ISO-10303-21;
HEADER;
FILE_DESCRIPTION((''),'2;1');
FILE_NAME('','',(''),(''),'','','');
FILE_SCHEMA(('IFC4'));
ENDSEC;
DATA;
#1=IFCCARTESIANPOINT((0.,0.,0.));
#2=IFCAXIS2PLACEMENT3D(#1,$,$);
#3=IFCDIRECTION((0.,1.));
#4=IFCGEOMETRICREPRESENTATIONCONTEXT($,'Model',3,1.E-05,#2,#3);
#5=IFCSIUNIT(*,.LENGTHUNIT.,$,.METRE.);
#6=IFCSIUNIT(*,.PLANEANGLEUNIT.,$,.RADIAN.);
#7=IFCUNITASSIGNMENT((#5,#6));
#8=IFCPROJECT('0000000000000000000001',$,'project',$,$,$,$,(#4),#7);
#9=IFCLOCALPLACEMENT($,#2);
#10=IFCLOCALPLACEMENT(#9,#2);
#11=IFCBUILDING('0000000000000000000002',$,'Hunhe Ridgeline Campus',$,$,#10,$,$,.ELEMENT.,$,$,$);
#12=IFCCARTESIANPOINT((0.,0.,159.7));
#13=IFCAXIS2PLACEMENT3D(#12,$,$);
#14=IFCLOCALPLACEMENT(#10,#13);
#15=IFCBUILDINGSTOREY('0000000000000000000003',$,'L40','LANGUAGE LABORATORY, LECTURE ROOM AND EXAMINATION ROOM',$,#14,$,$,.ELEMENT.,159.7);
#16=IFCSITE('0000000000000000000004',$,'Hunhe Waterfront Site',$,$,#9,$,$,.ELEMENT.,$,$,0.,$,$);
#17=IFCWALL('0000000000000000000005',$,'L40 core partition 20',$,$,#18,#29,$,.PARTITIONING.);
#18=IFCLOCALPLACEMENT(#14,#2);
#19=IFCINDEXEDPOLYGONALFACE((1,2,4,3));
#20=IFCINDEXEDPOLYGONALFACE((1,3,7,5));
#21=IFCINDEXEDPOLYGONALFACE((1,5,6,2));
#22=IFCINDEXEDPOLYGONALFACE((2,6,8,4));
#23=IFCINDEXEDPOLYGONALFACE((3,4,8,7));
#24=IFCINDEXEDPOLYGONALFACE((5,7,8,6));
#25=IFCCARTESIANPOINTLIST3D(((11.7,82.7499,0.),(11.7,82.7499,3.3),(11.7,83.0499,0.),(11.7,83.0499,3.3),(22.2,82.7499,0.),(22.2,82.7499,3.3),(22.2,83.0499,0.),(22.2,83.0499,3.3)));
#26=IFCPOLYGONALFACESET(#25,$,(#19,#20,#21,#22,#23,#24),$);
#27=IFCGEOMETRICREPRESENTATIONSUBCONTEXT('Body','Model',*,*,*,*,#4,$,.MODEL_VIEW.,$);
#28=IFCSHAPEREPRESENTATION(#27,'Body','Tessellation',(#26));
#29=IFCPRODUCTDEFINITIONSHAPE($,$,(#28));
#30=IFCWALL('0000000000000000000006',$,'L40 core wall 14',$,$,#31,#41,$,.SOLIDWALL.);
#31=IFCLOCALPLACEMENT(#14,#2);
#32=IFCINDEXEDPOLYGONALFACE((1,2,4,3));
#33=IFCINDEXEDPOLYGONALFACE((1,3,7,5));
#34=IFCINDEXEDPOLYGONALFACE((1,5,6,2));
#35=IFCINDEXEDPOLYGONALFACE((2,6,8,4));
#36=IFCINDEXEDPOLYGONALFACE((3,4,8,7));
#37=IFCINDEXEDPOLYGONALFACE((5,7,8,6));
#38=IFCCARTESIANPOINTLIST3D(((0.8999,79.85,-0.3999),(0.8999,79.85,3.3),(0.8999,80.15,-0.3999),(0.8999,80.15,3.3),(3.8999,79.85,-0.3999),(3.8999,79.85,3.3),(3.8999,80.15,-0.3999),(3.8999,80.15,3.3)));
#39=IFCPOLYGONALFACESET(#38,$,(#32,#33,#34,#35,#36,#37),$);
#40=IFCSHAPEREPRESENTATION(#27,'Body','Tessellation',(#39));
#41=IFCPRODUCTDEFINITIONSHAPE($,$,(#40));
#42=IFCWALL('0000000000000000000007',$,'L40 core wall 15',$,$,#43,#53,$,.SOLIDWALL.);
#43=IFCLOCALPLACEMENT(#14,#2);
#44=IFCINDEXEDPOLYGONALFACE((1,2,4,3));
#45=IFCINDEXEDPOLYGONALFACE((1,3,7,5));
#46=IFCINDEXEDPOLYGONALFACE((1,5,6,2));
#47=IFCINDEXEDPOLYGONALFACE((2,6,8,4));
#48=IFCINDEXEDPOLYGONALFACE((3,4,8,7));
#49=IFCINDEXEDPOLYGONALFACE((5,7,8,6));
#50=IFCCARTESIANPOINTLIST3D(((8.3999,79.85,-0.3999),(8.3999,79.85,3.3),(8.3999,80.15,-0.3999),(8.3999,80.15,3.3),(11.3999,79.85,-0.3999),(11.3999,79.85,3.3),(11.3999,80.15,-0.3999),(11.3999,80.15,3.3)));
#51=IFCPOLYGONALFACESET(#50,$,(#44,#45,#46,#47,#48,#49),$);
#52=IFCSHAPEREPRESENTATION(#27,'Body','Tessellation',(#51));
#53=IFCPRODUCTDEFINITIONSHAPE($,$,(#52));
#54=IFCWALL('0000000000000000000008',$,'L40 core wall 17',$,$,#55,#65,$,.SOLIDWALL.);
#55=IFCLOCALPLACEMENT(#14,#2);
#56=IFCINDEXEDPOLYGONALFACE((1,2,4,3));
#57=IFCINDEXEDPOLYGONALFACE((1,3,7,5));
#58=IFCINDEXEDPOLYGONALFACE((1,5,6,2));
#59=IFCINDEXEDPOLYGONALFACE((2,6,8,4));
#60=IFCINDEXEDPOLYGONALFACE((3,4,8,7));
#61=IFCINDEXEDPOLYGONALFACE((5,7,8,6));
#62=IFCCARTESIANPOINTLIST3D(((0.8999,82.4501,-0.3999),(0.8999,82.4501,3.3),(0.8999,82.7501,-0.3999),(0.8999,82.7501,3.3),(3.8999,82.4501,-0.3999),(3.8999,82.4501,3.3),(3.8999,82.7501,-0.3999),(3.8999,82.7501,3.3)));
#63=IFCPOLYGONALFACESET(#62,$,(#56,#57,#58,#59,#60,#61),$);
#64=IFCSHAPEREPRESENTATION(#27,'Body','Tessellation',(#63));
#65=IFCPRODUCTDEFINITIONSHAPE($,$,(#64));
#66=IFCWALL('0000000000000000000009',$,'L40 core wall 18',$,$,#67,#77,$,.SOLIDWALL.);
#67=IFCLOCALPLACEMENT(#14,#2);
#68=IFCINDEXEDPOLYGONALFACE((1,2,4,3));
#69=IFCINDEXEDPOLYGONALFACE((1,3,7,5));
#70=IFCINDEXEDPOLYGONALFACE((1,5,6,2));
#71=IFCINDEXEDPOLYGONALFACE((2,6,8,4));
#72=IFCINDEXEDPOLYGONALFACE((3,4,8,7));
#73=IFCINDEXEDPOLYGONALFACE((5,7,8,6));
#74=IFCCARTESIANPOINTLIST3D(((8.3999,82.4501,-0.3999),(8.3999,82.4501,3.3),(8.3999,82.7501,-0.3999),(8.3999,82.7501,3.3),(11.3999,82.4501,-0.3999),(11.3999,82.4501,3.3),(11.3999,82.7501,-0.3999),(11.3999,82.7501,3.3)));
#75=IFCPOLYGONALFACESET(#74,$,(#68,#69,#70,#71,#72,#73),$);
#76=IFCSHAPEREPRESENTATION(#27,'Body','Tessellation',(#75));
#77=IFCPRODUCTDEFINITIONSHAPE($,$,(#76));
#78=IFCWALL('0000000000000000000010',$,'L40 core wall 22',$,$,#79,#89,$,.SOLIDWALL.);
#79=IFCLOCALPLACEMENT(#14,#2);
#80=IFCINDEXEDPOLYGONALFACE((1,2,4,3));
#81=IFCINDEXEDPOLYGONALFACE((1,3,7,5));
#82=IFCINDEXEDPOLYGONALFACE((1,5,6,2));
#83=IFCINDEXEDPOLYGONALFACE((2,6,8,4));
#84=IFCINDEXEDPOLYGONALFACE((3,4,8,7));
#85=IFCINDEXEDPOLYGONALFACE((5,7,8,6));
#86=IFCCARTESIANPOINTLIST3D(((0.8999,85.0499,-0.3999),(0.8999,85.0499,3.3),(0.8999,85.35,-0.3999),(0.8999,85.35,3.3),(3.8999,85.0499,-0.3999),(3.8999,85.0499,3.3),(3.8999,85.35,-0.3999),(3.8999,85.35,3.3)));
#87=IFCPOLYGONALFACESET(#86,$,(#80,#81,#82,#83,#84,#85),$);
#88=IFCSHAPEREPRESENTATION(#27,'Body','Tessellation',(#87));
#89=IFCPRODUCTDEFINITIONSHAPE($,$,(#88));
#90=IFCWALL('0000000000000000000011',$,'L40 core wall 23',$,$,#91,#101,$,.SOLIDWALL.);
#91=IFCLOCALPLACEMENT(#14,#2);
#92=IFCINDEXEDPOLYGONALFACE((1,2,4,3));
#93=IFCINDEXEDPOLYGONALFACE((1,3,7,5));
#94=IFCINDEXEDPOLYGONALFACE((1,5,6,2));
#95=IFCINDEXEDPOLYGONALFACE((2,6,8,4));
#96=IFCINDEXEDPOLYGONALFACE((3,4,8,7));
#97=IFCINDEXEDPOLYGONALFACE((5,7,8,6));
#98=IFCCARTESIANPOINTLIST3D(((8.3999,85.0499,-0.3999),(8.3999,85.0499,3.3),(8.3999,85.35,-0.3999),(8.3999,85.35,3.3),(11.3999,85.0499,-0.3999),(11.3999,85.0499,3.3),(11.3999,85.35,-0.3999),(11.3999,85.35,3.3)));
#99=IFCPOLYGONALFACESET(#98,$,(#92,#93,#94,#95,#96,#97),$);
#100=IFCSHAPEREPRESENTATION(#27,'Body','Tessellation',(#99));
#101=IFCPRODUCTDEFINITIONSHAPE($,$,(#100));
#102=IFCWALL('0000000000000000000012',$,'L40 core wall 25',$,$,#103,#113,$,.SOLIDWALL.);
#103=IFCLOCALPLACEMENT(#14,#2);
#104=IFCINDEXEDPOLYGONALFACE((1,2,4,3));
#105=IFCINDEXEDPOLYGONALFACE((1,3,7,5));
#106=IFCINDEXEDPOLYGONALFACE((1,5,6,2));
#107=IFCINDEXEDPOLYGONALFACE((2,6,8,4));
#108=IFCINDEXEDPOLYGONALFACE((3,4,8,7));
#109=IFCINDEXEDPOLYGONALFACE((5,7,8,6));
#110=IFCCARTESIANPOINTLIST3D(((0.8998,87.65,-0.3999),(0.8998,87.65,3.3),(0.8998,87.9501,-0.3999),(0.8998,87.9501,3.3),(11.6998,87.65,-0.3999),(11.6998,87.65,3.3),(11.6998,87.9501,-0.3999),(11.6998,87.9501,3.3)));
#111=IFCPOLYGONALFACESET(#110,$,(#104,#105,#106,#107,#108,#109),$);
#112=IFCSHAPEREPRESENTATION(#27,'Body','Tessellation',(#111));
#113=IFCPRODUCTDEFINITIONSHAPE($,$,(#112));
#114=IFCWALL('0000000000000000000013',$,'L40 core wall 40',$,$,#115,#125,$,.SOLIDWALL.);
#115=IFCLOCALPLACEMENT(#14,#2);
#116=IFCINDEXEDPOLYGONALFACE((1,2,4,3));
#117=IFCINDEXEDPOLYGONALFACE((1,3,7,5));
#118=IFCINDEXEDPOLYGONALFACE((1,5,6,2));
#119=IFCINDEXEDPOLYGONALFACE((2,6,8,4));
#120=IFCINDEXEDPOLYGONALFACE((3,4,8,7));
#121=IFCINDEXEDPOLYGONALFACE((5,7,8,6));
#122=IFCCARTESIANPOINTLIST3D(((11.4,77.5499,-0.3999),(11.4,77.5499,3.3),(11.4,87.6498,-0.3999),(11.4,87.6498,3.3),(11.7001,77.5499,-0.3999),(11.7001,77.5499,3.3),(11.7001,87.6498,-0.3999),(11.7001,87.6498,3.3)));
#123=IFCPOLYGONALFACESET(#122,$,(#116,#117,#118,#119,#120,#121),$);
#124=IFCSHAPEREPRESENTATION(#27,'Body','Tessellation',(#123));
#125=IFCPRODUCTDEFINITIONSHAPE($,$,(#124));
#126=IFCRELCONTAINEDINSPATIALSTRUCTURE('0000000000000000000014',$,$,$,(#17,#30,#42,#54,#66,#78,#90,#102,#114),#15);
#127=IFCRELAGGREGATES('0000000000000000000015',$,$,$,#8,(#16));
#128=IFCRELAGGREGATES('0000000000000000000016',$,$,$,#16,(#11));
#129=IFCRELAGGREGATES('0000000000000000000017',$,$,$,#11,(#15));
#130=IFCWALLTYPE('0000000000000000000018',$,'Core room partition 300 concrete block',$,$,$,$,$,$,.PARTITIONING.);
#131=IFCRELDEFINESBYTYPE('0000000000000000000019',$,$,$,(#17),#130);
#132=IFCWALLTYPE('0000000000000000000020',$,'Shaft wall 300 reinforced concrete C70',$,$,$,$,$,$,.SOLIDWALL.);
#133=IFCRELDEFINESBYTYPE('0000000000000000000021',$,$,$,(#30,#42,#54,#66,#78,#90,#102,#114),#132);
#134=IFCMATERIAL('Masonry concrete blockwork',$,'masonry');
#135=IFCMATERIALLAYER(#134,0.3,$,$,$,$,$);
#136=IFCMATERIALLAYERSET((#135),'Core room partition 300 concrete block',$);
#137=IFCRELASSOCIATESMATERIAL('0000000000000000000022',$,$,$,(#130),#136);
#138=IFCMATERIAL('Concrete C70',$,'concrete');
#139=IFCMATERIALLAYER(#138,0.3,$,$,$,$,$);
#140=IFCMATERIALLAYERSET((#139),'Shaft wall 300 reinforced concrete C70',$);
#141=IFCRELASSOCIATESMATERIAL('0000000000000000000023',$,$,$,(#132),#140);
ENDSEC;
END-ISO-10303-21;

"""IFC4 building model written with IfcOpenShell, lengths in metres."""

from ifc_helpers import new_model, si_unit, direction, frame, frame_2d, origin, place, context, subcontext, project, spatial, rectangle, extrude, material, layer, layer_set, type_object, element, save


model = new_model("IFC4")

# Units and contexts
model_context = context("Model", 3, precision=1e-05, world=origin(), true_north=direction((0.0, 1.0)))
body_context = subcontext(model_context, "Body", "Model", "MODEL_VIEW")
ifc_project = project(units=[si_unit("LENGTHUNIT", "METRE"), si_unit("PLANEANGLEUNIT", "RADIAN")], contexts=[model_context])

# Site, building, storey
site_placement = place(None, origin())
site = spatial("IfcSite", under=ifc_project, at=site_placement, Name="Hunhe Waterfront Site", CompositionType="ELEMENT", RefElevation=0.0)
building_placement = place(site_placement, origin())
building = spatial("IfcBuilding", under=site, at=building_placement, Name="Hunhe Ridgeline Campus", CompositionType="ELEMENT")
storey_placement = place(building_placement, frame((0.0, 0.0, 159.7)))
storey = spatial("IfcBuildingStorey", under=building, at=storey_placement, Name="L40", Description="LANGUAGE LABORATORY, LECTURE ROOM AND EXAMINATION ROOM", CompositionType="ELEMENT", Elevation=159.7)

# Wall
ifc_material_1 = material(Name="Masonry concrete blockwork", Category="masonry")
ifc_layer_1 = layer(ifc_material_1, 0.3)
ifc_layer_set_1 = layer_set([ifc_layer_1], Name="Core room partition 300 concrete block")
wall_type_1 = type_object("IfcWallType", Name="Core room partition 300 concrete block", PredefinedType="PARTITIONING", material=ifc_layer_set_1)
wall_1_placement = place(storey_placement, frame((11.7, 82.8999, 0.0), z_axis=(0.0, 0.0, 1.0), x_axis=(1.0, 0.0, 0.0)))
element("IfcWall", 1, at=wall_1_placement, inside=storey, type_object=wall_type_1, Name="L40 core partition 20", PredefinedType="PARTITIONING", context=body_context, shape_type="SweptSolid", body=[
    extrude(rectangle(XDim=10.5, YDim=0.3, at=frame_2d((5.25, 0.0))), origin(), (0.0, 0.0, 1.0), 3.3),
])

# Shared definitions
ifc_material_2 = material(Name="Concrete C70", Category="concrete")
ifc_layer_2 = layer(ifc_material_2, 0.3)
ifc_layer_set_2 = layer_set([ifc_layer_2], Name="Shaft wall 300 reinforced concrete C70")
wall_type_2 = type_object("IfcWallType", Name="Shaft wall 300 reinforced concrete C70", PredefinedType="SOLIDWALL", material=ifc_layer_set_2)

# Walls
for number, where, z_axis, x_axis, name in (
    (2, (0.8999, 80.0, -0.3999), (0.0, 0.0, 1.0), (1.0, 0.0, 0.0), "L40 core wall 14"),
    (3, (8.3999, 80.0, -0.3999), (0.0, 0.0, 1.0), (1.0, 0.0, 0.0), "L40 core wall 15"),
    (4, (0.8999, 82.6001, -0.3999), (0.0, 0.0, 1.0), (1.0, 0.0, 0.0), "L40 core wall 17"),
    (5, (8.3999, 82.6001, -0.3999), (0.0, 0.0, 1.0), (1.0, 0.0, 0.0), "L40 core wall 18"),
    (6, (0.8999, 85.2, -0.3999), (0.0, 0.0, 1.0), (1.0, 0.0, 0.0), "L40 core wall 22"),
    (7, (8.3999, 85.2, -0.3999), (0.0, 0.0, 1.0), (1.0, 0.0, 0.0), "L40 core wall 23"),
):
    element("IfcWall", number, at=place(storey_placement, frame(where, z_axis=z_axis, x_axis=x_axis)), inside=storey, type_object=wall_type_2, Name=name, PredefinedType="SOLIDWALL", context=body_context, shape_type="SweptSolid", body=[
        extrude(rectangle(XDim=3.0, YDim=0.3, at=frame_2d((1.5, 0.0))), origin(), (0.0, 0.0, 1.0), 3.7),
    ])
wall_2_placement = place(storey_placement, frame((0.8999, 87.8, -0.3999), z_axis=(0.0, 0.0, 1.0), x_axis=(1.0, 0.0, 0.0)))
element("IfcWall", 8, at=wall_2_placement, inside=storey, type_object=wall_type_2, Name="L40 core wall 25", PredefinedType="SOLIDWALL", context=body_context, shape_type="SweptSolid", body=[
    extrude(rectangle(XDim=10.8, YDim=0.3, at=frame_2d((5.3999, 0.0))), origin(), (0.0, 0.0, 1.0), 3.7),
])

# Wall
wall_3_placement = place(storey_placement, frame((11.55, 77.55, -0.3999), z_axis=(0.0, 0.0, 1.0), x_axis=(0.0, 1.0, 0.0)))
element("IfcWall", 9, at=wall_3_placement, inside=storey, type_object=wall_type_2, Name="L40 core wall 40", PredefinedType="SOLIDWALL", context=body_context, shape_type="SweptSolid", body=[
    extrude(rectangle(XDim=10.0999, YDim=0.3, at=frame_2d((5.0498, 0.0))), origin(), (0.0, 0.0, 1.0), 3.7),
])

save(model, "model.ifc")
